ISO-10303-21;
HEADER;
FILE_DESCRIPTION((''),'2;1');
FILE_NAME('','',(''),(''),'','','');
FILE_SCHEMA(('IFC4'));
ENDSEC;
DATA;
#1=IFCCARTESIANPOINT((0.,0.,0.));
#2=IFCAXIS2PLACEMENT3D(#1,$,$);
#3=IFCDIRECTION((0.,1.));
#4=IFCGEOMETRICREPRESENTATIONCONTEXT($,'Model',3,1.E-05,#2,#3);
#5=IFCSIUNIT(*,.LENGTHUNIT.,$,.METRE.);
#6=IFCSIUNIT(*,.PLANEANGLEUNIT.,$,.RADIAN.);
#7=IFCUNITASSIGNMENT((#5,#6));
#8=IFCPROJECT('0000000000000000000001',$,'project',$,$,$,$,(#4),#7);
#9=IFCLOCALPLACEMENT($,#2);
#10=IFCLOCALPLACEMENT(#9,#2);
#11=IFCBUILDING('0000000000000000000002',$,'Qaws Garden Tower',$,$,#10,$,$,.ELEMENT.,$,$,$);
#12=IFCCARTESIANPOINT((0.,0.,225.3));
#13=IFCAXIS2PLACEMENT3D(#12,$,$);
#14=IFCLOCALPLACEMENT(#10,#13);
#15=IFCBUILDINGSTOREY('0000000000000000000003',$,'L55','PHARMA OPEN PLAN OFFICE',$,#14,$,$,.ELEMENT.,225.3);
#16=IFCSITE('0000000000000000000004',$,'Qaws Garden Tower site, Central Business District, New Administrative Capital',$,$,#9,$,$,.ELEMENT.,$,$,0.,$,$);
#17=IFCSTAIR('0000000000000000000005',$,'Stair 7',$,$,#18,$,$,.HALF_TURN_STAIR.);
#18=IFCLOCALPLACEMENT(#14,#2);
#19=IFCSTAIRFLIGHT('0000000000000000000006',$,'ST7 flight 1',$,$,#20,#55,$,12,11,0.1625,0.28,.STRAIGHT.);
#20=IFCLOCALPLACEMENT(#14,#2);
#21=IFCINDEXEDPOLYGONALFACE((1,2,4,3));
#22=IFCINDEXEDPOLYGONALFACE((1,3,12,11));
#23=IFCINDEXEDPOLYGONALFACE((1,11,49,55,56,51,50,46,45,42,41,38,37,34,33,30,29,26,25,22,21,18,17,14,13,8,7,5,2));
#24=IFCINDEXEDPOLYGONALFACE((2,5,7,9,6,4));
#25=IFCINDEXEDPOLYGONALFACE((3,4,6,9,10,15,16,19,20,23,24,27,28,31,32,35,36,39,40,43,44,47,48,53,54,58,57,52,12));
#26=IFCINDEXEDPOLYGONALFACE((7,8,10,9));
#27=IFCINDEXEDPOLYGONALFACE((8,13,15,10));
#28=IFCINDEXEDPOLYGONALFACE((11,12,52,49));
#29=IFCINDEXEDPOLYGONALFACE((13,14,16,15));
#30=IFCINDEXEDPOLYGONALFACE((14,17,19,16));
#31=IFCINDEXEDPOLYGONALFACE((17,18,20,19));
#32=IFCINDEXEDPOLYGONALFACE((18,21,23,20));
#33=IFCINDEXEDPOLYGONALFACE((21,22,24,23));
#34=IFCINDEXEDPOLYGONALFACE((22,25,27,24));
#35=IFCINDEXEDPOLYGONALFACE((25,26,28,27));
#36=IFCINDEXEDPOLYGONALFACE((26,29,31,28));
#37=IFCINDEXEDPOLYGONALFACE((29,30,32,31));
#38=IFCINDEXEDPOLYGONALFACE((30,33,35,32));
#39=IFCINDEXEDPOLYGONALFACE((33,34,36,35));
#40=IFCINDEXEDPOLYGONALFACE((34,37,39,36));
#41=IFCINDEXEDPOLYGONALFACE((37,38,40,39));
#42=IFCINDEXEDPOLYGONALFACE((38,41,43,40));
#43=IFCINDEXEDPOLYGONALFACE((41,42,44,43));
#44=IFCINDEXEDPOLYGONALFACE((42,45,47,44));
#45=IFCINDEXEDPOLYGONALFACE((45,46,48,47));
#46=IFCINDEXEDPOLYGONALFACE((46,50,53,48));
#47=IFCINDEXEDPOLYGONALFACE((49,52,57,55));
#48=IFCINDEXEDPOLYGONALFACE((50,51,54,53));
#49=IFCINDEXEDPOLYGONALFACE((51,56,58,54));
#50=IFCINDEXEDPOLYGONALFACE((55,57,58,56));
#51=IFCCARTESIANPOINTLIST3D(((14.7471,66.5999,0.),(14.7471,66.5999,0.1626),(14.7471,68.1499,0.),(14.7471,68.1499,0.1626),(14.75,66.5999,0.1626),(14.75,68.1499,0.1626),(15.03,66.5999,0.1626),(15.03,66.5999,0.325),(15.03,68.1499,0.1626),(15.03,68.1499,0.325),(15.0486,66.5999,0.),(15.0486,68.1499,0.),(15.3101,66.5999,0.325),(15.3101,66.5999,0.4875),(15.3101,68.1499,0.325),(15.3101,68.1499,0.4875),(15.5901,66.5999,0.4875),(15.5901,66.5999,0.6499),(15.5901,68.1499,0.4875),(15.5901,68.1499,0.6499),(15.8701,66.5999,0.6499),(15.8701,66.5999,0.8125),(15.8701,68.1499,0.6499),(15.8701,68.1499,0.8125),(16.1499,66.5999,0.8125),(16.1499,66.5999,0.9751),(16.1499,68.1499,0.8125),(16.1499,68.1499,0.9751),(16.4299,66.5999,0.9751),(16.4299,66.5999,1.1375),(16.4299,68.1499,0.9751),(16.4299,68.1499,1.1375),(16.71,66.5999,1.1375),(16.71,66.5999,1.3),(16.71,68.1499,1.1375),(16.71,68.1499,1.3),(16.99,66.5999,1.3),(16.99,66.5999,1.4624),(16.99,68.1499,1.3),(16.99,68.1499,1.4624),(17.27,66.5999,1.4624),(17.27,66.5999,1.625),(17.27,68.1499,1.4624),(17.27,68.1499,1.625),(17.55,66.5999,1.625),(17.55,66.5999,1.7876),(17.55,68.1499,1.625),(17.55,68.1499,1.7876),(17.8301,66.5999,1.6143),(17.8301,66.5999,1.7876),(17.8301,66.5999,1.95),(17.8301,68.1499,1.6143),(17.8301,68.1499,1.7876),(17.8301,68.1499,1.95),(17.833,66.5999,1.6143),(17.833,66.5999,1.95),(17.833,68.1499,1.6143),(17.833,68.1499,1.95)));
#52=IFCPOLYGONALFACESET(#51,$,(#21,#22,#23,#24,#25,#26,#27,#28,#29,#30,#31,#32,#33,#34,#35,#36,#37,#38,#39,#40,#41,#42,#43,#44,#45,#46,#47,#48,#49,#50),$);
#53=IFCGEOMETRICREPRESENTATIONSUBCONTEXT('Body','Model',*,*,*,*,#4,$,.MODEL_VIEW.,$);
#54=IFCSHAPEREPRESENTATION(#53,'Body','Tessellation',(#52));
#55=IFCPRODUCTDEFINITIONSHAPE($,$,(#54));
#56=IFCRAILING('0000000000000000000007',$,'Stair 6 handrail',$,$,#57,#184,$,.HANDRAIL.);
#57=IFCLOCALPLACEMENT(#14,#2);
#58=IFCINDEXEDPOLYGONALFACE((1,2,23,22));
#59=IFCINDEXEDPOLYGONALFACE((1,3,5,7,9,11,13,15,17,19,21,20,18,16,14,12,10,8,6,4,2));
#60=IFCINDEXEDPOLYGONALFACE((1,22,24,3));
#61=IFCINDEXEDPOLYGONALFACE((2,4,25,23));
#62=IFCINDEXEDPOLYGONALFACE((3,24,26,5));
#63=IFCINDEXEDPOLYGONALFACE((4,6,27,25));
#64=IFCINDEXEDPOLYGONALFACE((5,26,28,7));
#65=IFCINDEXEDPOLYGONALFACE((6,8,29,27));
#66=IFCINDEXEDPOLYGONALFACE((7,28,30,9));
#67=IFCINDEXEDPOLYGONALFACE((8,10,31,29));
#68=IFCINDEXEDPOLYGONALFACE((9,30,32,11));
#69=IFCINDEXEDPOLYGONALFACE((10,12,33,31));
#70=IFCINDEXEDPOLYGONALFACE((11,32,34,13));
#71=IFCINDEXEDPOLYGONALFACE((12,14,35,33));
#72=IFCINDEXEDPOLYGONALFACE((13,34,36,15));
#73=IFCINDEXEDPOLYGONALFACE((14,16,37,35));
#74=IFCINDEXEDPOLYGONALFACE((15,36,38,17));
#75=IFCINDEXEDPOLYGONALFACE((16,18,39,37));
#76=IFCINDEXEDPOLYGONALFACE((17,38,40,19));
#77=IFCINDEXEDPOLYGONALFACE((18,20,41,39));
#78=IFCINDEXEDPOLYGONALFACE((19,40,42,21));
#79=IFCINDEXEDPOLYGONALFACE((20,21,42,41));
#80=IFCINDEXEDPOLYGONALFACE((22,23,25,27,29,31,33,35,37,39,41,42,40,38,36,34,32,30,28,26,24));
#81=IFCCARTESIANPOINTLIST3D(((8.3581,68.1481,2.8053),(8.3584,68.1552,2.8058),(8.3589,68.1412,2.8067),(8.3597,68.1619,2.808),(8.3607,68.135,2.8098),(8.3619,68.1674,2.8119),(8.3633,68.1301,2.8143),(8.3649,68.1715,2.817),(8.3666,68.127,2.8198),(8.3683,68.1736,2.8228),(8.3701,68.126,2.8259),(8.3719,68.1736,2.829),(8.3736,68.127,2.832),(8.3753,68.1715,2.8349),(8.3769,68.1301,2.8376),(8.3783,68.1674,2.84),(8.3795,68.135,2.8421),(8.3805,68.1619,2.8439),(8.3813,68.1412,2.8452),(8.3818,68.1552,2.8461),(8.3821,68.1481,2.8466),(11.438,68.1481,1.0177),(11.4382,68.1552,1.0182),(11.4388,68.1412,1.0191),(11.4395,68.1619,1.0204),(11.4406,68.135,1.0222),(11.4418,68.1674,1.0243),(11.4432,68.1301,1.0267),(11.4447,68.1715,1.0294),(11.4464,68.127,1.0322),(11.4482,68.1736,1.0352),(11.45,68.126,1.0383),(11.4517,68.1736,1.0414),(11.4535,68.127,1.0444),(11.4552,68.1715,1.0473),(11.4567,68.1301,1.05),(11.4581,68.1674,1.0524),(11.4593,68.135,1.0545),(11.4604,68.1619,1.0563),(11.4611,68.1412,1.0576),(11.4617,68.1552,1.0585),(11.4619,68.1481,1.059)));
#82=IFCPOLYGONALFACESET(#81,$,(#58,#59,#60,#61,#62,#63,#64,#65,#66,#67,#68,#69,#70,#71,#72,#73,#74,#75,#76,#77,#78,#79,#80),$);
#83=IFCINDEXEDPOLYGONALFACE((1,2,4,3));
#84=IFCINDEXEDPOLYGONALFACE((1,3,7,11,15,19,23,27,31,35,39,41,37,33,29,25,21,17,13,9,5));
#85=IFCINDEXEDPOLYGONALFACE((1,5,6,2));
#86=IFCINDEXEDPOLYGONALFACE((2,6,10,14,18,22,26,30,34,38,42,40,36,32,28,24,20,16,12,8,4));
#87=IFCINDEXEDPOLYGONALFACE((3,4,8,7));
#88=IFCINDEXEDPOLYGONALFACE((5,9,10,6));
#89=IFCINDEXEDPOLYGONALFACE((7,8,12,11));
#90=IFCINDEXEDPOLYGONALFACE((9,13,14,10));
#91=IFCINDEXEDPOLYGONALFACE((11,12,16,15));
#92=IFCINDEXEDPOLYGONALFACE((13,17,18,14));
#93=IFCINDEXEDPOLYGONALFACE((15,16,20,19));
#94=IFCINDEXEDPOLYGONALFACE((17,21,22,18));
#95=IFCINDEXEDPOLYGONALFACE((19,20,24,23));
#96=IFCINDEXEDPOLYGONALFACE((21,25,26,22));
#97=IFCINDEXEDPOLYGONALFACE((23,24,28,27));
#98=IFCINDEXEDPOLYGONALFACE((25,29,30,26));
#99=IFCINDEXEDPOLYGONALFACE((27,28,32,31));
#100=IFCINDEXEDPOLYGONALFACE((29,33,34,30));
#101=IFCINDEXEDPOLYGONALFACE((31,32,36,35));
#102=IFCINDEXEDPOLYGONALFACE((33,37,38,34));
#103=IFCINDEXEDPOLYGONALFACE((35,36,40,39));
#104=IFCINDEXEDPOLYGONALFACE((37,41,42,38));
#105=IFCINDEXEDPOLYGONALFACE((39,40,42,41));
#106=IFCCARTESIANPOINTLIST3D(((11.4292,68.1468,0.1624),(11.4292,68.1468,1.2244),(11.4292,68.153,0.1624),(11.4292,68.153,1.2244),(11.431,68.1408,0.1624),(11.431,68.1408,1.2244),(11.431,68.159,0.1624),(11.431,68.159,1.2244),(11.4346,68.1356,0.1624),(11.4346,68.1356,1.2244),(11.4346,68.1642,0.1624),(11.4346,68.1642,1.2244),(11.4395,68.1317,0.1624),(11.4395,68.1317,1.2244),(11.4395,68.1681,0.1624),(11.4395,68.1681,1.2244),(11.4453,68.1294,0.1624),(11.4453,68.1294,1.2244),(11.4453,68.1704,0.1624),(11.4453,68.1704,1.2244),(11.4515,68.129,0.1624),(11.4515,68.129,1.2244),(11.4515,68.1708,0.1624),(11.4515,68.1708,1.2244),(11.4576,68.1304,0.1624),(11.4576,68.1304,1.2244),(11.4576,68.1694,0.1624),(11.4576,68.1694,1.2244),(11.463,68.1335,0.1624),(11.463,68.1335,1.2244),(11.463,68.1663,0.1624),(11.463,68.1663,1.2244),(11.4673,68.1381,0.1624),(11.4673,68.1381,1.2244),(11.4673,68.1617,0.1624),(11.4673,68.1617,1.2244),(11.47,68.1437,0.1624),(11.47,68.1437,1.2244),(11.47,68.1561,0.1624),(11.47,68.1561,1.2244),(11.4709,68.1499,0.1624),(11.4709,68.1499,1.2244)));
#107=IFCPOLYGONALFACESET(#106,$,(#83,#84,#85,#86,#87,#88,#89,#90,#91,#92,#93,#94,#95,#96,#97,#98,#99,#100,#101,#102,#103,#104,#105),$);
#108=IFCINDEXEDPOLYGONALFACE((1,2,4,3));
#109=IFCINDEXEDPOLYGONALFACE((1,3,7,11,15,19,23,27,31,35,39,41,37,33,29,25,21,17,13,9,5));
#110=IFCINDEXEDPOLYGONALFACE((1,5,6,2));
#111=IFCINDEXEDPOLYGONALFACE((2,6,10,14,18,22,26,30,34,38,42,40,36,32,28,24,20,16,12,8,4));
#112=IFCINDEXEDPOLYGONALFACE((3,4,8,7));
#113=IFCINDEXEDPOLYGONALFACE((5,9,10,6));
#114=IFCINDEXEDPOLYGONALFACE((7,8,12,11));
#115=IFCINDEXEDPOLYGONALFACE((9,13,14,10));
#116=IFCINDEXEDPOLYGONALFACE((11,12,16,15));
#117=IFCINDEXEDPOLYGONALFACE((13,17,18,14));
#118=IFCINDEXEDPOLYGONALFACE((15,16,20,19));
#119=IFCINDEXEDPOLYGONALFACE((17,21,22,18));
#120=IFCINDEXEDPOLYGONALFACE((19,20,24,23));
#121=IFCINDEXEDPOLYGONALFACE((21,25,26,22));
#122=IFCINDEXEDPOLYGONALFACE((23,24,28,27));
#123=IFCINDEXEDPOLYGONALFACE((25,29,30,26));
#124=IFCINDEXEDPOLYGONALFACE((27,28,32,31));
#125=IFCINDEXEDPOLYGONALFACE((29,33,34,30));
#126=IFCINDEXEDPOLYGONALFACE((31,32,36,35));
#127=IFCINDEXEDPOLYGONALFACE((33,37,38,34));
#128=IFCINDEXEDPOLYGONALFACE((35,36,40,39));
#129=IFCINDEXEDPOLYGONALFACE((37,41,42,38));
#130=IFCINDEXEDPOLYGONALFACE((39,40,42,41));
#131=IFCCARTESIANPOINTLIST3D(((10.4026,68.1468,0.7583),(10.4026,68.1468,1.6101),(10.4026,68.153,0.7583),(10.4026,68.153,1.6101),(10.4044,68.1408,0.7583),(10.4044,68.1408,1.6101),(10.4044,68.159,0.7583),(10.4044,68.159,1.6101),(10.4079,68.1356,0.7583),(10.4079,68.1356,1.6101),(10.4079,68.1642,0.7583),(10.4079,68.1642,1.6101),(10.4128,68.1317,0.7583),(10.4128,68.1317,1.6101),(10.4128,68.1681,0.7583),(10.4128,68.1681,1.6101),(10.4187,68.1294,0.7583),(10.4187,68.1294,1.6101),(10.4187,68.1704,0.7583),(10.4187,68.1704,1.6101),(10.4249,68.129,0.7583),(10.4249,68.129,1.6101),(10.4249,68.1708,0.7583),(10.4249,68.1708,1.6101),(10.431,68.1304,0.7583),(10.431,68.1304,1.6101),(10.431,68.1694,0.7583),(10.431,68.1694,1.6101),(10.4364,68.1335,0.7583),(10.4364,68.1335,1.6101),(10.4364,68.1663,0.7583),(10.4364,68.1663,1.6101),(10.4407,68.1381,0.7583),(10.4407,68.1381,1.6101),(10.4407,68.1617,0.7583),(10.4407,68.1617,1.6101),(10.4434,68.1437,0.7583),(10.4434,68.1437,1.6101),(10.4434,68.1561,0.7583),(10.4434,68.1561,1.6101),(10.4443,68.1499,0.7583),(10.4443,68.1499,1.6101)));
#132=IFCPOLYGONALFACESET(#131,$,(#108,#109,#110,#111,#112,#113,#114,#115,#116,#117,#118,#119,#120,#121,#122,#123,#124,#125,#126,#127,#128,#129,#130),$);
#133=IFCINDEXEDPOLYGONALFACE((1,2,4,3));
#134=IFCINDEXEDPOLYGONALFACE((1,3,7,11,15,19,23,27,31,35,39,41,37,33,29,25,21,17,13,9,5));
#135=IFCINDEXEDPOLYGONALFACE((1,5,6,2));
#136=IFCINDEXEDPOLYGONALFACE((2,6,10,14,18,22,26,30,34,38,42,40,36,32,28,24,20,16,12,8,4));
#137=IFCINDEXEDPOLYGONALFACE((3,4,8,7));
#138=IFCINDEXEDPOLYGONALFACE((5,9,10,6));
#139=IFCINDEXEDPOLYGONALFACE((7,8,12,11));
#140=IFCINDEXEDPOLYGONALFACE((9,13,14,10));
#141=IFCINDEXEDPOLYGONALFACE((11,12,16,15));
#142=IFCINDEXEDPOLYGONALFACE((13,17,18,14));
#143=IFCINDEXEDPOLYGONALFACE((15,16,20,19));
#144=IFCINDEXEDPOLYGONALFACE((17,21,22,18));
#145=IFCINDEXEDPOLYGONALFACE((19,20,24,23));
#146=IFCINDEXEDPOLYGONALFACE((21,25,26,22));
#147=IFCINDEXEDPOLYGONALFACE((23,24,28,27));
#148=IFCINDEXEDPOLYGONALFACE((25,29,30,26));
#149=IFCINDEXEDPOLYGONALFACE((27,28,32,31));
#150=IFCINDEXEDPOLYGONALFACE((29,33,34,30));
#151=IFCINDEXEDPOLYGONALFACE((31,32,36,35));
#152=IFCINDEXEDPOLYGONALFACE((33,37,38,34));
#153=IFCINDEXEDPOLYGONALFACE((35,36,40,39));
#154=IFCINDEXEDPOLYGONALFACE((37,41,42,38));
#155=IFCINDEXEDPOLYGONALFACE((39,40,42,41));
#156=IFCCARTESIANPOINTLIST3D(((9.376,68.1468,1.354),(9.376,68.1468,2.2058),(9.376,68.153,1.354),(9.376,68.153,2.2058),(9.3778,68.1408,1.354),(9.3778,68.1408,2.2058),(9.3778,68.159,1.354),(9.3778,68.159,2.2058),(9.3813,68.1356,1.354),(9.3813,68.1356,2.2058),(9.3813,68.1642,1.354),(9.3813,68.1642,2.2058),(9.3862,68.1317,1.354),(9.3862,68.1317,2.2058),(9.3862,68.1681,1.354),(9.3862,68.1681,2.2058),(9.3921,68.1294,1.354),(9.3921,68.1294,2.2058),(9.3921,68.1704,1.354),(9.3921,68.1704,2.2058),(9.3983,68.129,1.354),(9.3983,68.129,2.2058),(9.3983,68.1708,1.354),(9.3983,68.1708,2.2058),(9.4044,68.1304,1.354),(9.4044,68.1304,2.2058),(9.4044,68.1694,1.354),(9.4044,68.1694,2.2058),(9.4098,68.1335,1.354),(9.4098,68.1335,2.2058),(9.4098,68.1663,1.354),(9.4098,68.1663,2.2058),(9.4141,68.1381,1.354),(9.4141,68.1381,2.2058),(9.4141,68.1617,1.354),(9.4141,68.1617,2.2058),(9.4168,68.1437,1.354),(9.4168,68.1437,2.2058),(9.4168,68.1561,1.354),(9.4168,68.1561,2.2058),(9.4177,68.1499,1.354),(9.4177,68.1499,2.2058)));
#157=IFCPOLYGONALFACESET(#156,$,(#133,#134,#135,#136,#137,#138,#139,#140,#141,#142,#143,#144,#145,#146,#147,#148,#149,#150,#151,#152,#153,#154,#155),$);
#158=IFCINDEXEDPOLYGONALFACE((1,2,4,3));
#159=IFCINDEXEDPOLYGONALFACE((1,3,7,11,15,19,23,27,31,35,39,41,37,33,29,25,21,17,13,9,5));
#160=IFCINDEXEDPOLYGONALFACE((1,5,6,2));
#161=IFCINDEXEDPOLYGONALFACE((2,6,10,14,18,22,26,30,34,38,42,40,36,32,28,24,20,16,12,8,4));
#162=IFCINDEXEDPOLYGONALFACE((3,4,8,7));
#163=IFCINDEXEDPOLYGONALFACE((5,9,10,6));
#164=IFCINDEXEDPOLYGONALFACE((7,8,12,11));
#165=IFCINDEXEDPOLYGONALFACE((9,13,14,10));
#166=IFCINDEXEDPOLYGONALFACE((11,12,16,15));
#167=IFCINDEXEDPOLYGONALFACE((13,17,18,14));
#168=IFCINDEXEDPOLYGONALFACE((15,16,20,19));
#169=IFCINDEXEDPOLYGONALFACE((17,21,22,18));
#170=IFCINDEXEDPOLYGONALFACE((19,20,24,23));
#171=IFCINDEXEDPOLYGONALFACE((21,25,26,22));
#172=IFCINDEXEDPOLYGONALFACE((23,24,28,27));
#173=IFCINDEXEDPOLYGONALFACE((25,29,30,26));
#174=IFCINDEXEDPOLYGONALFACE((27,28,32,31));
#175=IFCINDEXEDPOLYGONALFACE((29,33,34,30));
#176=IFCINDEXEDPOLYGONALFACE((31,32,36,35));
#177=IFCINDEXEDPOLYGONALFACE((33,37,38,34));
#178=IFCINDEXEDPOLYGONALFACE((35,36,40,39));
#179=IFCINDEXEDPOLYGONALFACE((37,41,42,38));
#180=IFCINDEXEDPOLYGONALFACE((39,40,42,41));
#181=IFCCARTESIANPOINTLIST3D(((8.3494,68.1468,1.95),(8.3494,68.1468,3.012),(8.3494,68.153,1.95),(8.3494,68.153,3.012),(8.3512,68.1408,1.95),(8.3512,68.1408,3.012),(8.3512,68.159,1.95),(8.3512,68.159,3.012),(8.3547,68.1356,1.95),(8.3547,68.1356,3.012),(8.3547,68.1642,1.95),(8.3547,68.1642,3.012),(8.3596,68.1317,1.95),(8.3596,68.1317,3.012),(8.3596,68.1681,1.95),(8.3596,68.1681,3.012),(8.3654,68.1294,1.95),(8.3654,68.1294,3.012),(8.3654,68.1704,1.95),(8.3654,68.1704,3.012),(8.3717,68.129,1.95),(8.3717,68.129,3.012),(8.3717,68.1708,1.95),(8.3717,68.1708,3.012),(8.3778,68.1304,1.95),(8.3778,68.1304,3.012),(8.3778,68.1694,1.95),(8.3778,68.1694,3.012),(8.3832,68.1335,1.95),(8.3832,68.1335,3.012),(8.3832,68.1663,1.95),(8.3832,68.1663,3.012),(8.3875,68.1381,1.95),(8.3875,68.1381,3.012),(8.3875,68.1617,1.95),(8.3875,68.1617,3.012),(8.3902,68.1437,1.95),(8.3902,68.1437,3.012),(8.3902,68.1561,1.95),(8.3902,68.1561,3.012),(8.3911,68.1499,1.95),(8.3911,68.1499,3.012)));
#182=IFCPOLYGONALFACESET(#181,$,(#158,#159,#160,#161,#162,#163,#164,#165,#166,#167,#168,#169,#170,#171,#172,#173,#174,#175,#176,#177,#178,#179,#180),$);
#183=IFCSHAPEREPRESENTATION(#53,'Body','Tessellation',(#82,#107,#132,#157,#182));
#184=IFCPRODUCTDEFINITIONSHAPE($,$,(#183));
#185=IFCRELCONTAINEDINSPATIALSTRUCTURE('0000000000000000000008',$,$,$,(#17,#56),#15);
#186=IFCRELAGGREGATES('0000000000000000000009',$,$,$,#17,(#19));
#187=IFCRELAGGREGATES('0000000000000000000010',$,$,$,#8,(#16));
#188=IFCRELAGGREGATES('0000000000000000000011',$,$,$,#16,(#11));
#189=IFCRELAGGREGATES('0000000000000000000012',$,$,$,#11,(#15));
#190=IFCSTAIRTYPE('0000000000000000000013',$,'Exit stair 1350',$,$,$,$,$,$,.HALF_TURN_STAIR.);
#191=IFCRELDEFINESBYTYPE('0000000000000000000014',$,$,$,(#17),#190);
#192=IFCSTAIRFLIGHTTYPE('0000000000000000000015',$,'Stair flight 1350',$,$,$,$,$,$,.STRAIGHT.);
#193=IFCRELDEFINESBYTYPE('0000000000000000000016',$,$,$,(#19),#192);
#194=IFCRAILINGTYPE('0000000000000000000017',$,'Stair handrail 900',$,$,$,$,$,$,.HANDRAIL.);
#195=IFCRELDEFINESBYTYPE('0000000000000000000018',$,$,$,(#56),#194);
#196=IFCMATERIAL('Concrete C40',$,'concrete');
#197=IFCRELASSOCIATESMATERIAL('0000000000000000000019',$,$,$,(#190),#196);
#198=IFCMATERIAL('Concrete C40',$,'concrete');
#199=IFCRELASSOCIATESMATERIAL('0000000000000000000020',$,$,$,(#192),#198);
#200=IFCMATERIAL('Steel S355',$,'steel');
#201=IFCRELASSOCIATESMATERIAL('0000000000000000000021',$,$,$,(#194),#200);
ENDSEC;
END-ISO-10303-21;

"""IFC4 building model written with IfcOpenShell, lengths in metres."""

from ifc_helpers import new_model, si_unit, direction, frame, origin, origin_2d, place, context, subcontext, project, spatial, polyline, circle, outline, extrude, material, type_object, element, aggregate, save


model = new_model("IFC4")

# Units and contexts
model_context = context("Model", 3, precision=1e-05, world=origin(), true_north=direction((0.0, 1.0)))
body_context = subcontext(model_context, "Body", "Model", "MODEL_VIEW")
ifc_project = project(units=[si_unit("LENGTHUNIT", "METRE"), si_unit("PLANEANGLEUNIT", "RADIAN")], contexts=[model_context])

# Site, building, storey
site_placement = place(None, origin())
site = spatial("IfcSite", under=ifc_project, at=site_placement, Name="Qaws Garden Tower site, Central Business District, New Administrative Capital", CompositionType="ELEMENT", RefElevation=0.0)
building_placement = place(site_placement, origin())
building = spatial("IfcBuilding", under=site, at=building_placement, Name="Qaws Garden Tower", CompositionType="ELEMENT")
storey_placement = place(building_placement, frame((0.0, 0.0, 225.3)))
storey = spatial("IfcBuildingStorey", under=building, at=storey_placement, Name="L55", Description="PHARMA OPEN PLAN OFFICE", CompositionType="ELEMENT", Elevation=225.3)

# Shared definitions
ifc_material_1 = material(Name="Concrete C40", Category="concrete")
stair_type = type_object("IfcStairType", Name="Exit stair 1350", PredefinedType="HALF_TURN_STAIR", material=ifc_material_1)
placement = place(storey_placement, origin())
ifc_material_2 = material(Name="Concrete C40", Category="concrete")
stair_flight_type = type_object("IfcStairFlightType", Name="Stair flight 1350", PredefinedType="STRAIGHT", material=ifc_material_2)

# Stair, stair flight
stair_1 = element("IfcStair", 1, at=placement, inside=storey, type_object=stair_type, Name="Stair 7", PredefinedType="HALF_TURN_STAIR")
stair_flight_1_placement = place(storey_placement, frame((14.75, 67.375, 0.0), z_axis=(0.0, 0.0, 1.0), x_axis=(1.0, 0.0, 0.0)))
stair_flight_1 = element("IfcStairFlight", 2, at=stair_flight_1_placement, type_object=stair_flight_type, Name="ST7 flight 1", NumberOfRisers=12, NumberOfTreads=11, PredefinedType="STRAIGHT", RiserHeight=0.1625, TreadLength=0.28, context=body_context, shape_type="SweptSolid", body=[
    extrude(outline(polyline([(-0.0029, 0.0), (-0.0029, 0.1626), (0.0, 0.1626), (0.28, 0.1626), (0.28, 0.325), (0.5601, 0.325), (0.5601, 0.4875), (0.8401, 0.4875), (0.8401, 0.6499), (1.1201, 0.6499), (1.1201, 0.8125), (1.3999, 0.8125), (1.3999, 0.9751), (1.6799, 0.9751), (1.6799, 1.1375), (1.96, 1.1375), (1.96, 1.3), (2.24, 1.3), (2.24, 1.4624), (2.52, 1.4624), (2.52, 1.625), (2.8, 1.625), (2.8, 1.7876), (3.0801, 1.7876), (3.0801, 1.95), (3.083, 1.95), (3.083, 1.6143), (3.0801, 1.6143), (0.2986, 0.0), (-0.0029, 0.0)])), frame((0.0, 0.7749, 0.0), z_axis=(0.0, -1.0, 0.0), x_axis=(1.0, 0.0, 0.0)), (0.0, 0.0, 1.0), 1.55),
])
aggregate(stair_1, [stair_flight_1])

# Railing
ifc_material_3 = material(Name="Steel S355", Category="steel")
railing_type = type_object("IfcRailingType", Name="Stair handrail 900", PredefinedType="HANDRAIL", material=ifc_material_3)
railing_1_placement = place(storey_placement, frame((11.45, 68.1499, 0.1624)))
element("IfcRailing", 3, at=railing_1_placement, inside=storey, type_object=railing_type, Name="Stair 6 handrail", PredefinedType="HANDRAIL", context=body_context, shape_type="SweptSolid", body=[
    extrude(circle(Radius=0.0239, at=origin_2d()), frame((0.0, 0.0, 0.876), z_axis=(-0.864873, 0.0, 0.50199), x_axis=(0.0, -1.0, 0.0)), (0.0, 0.0, 1.0), 3.561),
    extrude(circle(Radius=0.021, at=origin_2d()), origin(), (0.0, 0.0, 1.0), 1.062),
    extrude(circle(Radius=0.021, at=origin_2d()), frame((-1.0266, 0.0, 0.5959)), (0.0, 0.0, 1.0), 0.8518),
    extrude(circle(Radius=0.021, at=origin_2d()), frame((-2.0532, 0.0, 1.1917)), (0.0, 0.0, 1.0), 0.8518),
    extrude(circle(Radius=0.021, at=origin_2d()), frame((-3.0798, 0.0, 1.7876)), (0.0, 0.0, 1.0), 1.062),
])

save(model, "model.ifc")
